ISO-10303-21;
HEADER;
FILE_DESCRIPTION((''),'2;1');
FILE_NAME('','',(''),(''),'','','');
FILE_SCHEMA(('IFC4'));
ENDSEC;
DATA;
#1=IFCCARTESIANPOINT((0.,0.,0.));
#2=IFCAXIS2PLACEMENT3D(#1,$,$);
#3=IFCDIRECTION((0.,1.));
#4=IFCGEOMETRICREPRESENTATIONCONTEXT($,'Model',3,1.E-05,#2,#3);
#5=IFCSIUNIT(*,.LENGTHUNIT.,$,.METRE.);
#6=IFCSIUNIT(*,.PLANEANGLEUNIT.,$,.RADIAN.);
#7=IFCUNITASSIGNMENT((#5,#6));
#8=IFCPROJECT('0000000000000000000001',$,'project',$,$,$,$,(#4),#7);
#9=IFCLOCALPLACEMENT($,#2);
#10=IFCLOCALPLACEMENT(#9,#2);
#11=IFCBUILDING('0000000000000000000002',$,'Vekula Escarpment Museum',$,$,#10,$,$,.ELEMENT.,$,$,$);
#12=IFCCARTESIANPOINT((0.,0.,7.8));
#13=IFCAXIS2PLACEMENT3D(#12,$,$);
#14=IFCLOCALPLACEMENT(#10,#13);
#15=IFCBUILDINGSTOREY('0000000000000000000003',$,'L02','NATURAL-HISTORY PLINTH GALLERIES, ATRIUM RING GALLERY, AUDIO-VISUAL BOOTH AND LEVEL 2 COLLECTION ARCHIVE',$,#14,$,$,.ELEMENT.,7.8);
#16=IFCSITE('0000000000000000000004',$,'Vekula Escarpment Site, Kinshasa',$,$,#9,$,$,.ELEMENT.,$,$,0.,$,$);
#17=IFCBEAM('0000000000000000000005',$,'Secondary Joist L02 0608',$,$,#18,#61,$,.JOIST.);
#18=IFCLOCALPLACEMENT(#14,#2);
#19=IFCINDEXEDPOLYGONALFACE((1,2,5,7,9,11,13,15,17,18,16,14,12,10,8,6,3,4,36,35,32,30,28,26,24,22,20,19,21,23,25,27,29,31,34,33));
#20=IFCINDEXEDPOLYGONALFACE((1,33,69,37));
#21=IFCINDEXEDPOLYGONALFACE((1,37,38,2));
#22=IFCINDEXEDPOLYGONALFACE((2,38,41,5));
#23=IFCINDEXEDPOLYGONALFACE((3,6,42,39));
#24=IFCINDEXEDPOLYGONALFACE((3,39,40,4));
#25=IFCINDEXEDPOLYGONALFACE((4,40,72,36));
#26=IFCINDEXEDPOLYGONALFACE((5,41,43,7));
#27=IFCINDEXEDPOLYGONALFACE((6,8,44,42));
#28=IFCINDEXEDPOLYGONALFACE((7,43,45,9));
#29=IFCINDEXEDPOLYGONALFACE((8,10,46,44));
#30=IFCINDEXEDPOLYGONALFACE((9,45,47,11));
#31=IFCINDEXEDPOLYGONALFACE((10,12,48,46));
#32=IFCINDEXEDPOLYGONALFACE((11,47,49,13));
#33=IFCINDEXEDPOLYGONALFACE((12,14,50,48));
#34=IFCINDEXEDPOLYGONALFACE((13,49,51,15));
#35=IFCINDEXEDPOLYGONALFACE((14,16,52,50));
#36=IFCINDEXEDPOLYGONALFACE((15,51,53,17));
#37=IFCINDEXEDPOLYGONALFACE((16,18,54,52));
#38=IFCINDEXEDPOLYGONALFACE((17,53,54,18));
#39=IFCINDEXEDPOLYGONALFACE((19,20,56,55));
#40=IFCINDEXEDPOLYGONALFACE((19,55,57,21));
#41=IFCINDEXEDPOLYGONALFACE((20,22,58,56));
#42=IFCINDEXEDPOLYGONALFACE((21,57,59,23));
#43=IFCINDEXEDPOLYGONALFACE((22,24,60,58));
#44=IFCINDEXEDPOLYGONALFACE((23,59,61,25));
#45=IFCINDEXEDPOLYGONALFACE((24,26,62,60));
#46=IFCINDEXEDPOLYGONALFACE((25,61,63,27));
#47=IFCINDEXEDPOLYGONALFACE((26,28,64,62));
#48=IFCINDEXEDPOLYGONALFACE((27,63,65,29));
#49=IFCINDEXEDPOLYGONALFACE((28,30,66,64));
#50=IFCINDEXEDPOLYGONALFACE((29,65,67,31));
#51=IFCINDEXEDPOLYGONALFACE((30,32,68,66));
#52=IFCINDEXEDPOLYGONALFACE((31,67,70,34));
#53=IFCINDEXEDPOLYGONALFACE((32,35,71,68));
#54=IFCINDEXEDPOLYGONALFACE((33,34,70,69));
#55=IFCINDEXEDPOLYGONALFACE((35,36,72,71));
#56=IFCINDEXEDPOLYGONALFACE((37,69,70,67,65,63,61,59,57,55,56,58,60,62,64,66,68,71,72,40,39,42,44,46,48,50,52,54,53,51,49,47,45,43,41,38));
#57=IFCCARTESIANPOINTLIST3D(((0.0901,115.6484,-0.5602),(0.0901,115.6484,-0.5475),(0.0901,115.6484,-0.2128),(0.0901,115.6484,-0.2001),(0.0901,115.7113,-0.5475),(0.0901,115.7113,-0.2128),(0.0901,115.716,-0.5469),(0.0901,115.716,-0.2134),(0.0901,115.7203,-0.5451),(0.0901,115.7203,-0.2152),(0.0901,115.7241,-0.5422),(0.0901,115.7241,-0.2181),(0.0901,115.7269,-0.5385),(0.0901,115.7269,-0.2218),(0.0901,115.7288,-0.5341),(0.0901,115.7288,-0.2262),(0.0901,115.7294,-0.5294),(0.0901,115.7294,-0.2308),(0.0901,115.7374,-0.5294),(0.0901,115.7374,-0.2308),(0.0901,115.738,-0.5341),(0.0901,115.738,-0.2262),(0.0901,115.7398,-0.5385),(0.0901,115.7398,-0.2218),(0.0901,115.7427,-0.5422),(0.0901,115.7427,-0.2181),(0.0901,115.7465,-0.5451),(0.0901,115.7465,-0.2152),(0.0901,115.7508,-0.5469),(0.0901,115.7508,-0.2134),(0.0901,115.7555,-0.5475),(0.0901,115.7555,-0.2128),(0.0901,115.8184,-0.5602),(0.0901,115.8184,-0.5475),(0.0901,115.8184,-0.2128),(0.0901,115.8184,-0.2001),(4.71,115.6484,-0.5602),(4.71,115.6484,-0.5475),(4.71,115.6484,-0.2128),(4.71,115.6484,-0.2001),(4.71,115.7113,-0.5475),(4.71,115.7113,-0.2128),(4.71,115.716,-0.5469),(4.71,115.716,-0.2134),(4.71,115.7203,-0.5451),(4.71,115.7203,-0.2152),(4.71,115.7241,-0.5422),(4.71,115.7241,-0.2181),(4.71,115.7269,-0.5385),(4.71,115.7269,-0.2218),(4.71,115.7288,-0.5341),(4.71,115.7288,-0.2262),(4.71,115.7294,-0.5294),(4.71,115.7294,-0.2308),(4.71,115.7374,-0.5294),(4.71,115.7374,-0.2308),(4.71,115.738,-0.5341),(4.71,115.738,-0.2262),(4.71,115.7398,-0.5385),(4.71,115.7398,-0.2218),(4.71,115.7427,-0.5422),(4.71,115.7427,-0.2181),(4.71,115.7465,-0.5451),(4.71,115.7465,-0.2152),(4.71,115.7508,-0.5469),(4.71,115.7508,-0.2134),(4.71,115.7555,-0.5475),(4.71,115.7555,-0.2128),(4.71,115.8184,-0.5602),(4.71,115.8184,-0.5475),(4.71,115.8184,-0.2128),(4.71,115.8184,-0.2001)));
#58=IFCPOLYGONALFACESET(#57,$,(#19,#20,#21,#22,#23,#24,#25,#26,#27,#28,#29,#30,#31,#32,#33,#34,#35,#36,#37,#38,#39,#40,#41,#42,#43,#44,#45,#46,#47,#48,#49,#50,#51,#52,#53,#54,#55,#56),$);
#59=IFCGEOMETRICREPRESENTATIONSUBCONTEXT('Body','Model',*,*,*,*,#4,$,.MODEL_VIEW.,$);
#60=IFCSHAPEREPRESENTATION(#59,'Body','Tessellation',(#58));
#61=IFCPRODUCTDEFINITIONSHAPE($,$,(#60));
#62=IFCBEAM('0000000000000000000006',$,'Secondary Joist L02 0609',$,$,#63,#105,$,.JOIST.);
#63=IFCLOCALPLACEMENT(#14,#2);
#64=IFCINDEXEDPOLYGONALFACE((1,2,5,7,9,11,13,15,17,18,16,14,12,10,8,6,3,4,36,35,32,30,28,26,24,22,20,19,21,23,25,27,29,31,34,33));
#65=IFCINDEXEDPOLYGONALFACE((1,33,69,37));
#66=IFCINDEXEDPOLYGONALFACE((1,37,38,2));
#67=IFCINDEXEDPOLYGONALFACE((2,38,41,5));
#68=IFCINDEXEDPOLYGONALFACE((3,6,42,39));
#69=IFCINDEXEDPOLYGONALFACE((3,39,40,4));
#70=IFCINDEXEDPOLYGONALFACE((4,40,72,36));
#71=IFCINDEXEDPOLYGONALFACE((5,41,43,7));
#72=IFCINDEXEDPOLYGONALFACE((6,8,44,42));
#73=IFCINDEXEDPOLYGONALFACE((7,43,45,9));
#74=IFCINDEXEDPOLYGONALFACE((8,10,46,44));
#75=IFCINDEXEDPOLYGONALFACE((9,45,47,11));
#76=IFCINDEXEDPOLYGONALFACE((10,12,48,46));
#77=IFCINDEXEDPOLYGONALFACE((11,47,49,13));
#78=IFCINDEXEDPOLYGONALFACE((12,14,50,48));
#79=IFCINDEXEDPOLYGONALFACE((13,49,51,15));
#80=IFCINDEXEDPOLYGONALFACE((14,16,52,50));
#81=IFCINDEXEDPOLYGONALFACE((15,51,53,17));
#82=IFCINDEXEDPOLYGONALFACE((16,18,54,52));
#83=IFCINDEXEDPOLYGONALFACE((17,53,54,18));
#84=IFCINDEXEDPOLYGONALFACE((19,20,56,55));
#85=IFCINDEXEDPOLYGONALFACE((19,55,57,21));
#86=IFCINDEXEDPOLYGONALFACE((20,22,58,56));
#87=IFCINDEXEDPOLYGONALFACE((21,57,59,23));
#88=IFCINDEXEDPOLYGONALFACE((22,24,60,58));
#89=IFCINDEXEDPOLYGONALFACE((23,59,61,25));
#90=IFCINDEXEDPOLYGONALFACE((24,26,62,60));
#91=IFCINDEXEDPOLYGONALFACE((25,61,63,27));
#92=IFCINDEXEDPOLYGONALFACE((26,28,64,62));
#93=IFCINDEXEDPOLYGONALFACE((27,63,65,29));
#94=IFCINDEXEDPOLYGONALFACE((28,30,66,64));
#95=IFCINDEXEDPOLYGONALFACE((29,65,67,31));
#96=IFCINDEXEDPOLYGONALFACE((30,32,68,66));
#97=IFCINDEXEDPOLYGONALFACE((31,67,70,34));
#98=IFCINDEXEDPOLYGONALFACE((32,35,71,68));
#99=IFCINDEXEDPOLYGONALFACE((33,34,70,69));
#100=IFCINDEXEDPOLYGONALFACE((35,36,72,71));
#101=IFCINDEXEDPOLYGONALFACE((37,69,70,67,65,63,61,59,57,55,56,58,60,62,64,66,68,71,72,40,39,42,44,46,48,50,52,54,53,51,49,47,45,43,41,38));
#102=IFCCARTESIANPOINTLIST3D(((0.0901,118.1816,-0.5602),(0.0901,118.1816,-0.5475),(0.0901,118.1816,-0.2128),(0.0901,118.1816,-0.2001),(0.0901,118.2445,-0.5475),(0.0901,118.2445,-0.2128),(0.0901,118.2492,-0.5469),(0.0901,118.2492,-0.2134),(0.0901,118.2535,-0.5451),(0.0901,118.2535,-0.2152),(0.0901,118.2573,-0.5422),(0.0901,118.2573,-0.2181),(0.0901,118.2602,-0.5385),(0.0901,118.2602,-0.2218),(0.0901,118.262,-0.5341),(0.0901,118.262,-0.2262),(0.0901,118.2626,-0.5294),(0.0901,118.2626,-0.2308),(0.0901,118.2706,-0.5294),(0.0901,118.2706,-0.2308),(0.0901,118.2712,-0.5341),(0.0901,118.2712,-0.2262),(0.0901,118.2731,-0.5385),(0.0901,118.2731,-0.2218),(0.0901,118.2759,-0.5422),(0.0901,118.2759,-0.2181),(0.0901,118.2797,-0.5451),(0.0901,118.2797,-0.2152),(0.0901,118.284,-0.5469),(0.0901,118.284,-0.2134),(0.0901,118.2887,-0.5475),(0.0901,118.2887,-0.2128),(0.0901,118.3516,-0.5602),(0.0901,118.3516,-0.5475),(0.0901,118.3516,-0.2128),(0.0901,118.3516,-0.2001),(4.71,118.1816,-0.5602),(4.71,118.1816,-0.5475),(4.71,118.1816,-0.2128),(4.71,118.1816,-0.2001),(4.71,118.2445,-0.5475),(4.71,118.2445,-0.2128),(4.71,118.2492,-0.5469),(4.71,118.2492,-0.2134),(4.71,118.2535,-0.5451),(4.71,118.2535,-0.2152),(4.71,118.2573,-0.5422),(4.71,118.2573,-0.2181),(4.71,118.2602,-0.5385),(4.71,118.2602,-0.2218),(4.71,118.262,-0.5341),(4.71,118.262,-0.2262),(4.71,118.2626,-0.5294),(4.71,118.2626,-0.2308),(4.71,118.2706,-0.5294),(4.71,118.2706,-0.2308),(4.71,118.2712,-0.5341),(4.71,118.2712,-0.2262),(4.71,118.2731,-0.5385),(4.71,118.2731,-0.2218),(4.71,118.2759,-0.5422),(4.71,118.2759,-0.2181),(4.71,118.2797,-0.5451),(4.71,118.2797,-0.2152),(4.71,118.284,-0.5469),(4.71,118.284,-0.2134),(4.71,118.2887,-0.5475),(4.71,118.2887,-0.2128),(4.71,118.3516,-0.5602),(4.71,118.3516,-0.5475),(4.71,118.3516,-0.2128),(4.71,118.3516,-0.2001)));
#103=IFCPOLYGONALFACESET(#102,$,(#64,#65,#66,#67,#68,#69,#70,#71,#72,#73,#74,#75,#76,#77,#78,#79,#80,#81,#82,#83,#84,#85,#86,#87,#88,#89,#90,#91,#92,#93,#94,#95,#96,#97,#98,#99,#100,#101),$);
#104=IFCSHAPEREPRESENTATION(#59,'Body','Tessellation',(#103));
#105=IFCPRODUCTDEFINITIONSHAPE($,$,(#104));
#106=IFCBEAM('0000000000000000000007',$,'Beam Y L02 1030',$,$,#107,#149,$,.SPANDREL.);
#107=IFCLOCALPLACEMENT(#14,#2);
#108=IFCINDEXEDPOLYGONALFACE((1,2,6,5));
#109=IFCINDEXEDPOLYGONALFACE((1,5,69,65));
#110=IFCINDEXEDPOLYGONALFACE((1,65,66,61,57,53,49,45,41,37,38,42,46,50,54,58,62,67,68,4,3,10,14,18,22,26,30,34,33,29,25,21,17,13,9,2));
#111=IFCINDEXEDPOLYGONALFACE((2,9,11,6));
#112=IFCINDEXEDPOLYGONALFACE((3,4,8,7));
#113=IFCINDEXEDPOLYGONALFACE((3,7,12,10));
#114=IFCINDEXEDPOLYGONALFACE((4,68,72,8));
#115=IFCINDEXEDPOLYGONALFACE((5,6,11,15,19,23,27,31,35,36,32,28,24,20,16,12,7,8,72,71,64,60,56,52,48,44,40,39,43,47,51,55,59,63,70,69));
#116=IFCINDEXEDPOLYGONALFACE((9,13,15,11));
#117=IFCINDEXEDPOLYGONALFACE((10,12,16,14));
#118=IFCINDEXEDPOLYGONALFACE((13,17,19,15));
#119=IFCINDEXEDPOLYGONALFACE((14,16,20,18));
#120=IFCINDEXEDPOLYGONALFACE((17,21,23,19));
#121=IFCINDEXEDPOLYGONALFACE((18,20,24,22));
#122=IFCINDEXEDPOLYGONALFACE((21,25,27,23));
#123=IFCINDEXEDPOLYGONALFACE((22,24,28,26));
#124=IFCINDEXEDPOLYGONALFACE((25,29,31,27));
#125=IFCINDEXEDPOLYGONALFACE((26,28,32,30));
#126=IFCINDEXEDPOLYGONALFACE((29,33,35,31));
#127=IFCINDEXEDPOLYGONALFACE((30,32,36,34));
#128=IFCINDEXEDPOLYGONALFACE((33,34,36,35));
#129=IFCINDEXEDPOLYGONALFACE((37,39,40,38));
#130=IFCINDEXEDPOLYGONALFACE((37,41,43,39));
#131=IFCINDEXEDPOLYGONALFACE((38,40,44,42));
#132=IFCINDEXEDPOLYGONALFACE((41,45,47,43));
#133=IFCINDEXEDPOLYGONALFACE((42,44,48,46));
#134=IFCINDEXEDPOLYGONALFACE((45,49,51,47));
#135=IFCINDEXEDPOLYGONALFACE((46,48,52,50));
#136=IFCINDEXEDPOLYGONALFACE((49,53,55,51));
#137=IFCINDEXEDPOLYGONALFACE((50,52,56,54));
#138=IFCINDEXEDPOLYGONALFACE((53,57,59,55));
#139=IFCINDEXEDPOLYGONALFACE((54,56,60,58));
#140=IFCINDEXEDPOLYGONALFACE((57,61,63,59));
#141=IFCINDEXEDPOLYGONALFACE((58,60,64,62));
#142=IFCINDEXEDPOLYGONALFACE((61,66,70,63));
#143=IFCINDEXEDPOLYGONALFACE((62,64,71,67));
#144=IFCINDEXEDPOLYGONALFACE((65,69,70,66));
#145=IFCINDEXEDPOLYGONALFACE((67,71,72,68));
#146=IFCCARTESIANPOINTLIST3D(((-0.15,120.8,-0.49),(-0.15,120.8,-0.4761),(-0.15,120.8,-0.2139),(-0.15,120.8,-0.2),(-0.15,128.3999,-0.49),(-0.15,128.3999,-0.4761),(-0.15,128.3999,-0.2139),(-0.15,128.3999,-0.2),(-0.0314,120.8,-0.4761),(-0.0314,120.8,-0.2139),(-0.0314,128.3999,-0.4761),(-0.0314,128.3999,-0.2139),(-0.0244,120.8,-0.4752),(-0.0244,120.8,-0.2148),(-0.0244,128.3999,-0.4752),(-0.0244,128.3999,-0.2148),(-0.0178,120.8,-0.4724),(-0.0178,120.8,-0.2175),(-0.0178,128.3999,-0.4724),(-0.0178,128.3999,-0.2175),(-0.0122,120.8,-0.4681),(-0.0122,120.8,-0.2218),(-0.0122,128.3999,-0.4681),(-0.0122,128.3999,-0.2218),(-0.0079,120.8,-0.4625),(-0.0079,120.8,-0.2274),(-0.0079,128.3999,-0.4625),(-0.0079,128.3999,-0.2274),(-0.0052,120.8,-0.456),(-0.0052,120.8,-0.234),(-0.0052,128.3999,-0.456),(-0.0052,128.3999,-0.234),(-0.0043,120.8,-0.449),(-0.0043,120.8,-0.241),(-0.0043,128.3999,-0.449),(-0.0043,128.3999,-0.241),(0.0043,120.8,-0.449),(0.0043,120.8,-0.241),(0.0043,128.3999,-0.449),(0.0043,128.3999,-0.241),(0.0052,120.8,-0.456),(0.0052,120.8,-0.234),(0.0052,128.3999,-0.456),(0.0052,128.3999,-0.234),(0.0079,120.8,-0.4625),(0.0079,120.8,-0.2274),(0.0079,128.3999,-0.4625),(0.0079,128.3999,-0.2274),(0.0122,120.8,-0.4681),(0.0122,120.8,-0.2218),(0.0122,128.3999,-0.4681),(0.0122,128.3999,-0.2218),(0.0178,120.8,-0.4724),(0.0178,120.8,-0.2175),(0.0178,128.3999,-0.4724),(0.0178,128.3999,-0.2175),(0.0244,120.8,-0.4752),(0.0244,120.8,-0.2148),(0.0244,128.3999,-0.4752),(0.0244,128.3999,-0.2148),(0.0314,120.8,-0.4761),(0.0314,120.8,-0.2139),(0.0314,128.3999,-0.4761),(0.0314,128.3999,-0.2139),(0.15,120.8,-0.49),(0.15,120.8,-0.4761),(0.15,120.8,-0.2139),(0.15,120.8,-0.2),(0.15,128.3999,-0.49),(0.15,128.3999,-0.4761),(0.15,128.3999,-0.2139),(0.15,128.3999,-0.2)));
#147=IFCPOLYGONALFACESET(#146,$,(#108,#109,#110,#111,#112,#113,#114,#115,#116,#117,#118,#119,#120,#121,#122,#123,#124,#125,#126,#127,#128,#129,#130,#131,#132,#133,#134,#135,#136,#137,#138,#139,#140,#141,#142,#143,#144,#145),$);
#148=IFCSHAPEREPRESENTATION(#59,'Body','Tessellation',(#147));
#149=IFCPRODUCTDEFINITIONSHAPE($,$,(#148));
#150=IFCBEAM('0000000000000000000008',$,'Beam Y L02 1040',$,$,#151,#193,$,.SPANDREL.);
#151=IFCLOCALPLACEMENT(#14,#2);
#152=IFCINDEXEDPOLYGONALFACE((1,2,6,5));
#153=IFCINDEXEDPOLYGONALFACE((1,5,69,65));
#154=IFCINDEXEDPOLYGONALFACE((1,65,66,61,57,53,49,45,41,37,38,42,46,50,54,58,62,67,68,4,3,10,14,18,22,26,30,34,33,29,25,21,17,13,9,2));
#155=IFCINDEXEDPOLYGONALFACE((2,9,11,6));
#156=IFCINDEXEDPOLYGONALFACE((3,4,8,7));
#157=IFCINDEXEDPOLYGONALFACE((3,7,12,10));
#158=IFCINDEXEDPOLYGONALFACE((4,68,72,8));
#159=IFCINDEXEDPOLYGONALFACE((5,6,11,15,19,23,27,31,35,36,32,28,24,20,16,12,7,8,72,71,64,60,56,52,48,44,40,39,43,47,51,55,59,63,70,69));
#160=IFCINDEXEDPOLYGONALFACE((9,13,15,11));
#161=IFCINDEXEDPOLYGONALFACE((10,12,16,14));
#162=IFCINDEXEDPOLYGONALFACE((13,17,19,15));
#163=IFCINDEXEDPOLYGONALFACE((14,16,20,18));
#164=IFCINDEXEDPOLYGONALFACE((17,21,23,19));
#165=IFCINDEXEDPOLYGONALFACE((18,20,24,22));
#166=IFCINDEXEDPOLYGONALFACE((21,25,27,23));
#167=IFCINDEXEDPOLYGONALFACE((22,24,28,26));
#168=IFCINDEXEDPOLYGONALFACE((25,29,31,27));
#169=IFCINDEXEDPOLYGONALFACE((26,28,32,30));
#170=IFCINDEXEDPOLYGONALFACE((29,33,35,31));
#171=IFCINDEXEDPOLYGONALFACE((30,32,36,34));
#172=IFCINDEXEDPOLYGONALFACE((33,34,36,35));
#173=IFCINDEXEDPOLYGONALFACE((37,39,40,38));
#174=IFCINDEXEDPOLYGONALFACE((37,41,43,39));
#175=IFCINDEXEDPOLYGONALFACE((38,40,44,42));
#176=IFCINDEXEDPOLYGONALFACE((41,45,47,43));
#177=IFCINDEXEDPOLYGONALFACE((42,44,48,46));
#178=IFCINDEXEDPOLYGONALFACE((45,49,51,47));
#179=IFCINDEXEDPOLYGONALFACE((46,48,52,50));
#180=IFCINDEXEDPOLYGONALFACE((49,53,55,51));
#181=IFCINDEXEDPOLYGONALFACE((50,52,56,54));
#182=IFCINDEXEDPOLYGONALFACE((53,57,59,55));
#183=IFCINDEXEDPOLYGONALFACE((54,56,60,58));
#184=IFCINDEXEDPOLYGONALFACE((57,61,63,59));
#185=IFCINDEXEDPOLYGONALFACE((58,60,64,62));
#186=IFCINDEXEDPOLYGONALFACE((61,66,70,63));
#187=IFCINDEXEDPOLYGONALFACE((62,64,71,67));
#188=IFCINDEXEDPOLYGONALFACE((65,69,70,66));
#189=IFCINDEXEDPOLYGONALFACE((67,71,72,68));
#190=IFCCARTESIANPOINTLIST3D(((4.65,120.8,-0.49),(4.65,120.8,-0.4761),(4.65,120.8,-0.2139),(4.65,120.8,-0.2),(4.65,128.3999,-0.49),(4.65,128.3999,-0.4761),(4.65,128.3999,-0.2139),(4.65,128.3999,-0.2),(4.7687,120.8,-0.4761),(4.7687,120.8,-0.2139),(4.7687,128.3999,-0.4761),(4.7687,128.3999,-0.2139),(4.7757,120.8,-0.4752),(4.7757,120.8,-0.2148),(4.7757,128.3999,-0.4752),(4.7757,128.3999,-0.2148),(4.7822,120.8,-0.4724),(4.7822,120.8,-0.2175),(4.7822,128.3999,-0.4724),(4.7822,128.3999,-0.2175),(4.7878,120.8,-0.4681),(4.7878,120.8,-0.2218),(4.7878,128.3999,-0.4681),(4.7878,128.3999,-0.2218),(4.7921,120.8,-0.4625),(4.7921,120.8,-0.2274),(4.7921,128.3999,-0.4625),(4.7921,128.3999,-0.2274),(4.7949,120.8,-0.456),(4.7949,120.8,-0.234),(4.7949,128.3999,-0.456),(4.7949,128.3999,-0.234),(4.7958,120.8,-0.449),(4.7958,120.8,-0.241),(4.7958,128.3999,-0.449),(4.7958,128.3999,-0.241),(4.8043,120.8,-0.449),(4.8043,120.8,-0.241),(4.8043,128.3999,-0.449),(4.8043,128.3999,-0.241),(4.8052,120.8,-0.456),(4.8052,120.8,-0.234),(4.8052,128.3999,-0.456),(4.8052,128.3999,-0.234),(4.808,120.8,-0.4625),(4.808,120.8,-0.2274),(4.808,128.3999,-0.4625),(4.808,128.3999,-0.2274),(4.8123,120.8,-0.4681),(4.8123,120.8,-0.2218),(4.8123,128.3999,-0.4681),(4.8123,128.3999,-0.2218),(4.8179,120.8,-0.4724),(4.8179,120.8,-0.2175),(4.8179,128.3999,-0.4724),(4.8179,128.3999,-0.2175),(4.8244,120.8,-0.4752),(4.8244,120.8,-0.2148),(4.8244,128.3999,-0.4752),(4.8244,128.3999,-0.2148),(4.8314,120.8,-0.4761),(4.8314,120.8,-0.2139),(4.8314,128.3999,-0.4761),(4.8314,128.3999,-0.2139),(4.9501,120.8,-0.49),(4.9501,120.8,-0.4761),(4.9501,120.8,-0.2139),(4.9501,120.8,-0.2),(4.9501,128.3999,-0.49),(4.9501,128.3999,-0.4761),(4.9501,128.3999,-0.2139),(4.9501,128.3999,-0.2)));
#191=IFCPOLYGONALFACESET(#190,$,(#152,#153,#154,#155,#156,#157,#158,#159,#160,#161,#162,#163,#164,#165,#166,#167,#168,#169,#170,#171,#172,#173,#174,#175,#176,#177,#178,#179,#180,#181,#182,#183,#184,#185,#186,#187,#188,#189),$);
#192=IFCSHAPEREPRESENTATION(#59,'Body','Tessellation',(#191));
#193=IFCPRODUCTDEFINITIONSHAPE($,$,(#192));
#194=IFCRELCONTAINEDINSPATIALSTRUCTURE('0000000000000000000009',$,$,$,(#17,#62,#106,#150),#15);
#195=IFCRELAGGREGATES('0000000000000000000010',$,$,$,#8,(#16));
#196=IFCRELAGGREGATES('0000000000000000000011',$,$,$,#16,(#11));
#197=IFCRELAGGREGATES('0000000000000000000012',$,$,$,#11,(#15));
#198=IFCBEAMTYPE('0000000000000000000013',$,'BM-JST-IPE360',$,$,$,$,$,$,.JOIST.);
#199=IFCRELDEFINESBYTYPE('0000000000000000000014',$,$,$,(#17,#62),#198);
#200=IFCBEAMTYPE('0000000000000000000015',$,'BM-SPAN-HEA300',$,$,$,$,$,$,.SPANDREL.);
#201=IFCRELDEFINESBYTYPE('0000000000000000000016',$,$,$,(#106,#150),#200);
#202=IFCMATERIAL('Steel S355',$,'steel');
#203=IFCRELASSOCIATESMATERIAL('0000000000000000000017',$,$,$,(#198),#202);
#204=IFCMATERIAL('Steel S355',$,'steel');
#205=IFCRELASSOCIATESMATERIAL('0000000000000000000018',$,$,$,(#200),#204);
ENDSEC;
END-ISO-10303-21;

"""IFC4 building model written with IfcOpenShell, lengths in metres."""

from ifc_helpers import new_model, si_unit, direction, frame, origin, origin_2d, place, context, subcontext, project, spatial, i_section, extrude, material, material_profile, profile_set, type_object, element, save


model = new_model("IFC4")

# Units and contexts
model_context = context("Model", 3, precision=1e-05, world=origin(), true_north=direction((0.0, 1.0)))
body_context = subcontext(model_context, "Body", "Model", "MODEL_VIEW")
ifc_project = project(units=[si_unit("LENGTHUNIT", "METRE"), si_unit("PLANEANGLEUNIT", "RADIAN")], contexts=[model_context])

# Site, building, storey
site_placement = place(None, origin())
site = spatial("IfcSite", under=ifc_project, at=site_placement, Name="Vekula Escarpment Site, Kinshasa", CompositionType="ELEMENT", RefElevation=0.0)
building_placement = place(site_placement, origin())
building = spatial("IfcBuilding", under=site, at=building_placement, Name="Vekula Escarpment Museum", CompositionType="ELEMENT")
storey_placement = place(building_placement, frame((0.0, 0.0, 7.8)))
storey = spatial("IfcBuildingStorey", under=building, at=storey_placement, Name="L02", Description="NATURAL-HISTORY PLINTH GALLERIES, ATRIUM RING GALLERY, AUDIO-VISUAL BOOTH AND LEVEL 2 COLLECTION ARCHIVE", CompositionType="ELEMENT", Elevation=7.8)

# Beams
ifc_material_1 = material(Name="Steel S355", Category="steel")
ifc_material_profile_1 = material_profile(ifc_material_1, i_section(OverallWidth=0.1699, OverallDepth=0.3601, WebThickness=0.0081, FlangeThickness=0.0127, FilletRadius=0.0181, at=origin_2d()), Name="IPE 360")
ifc_profile_set_1 = profile_set([ifc_material_profile_1], Name="Steel S355")
beam_type_1 = type_object("IfcBeamType", Name="BM-JST-IPE360", PredefinedType="JOIST", material=ifc_profile_set_1)
for number, where, z_axis, x_axis, name in (
    (1, (0.0901, 115.7334, -0.3801), (1.0, 0.0, 0.0), (0.0, 1.0, 0.0), "Secondary Joist L02 0608"),
    (2, (0.0901, 118.2666, -0.3801), (1.0, 0.0, 0.0), (0.0, 1.0, 0.0), "Secondary Joist L02 0609"),
):
    element("IfcBeam", number, at=place(storey_placement, frame(where, z_axis=z_axis, x_axis=x_axis)), inside=storey, type_object=beam_type_1, Name=name, PredefinedType="JOIST", context=body_context, shape_type="SweptSolid", body=[
        extrude(i_section(OverallWidth=0.1699, OverallDepth=0.3601, WebThickness=0.0081, FlangeThickness=0.0127, FilletRadius=0.0181, at=origin_2d()), origin(), (0.0, 0.0, 1.0), 4.6199),
    ])
ifc_material_2 = material(Name="Steel S355", Category="steel")
ifc_material_profile_2 = material_profile(ifc_material_2, i_section(OverallWidth=0.3, OverallDepth=0.29, WebThickness=0.0085, FlangeThickness=0.0139, FilletRadius=0.0271, at=origin_2d()), Name="HEA 300")
ifc_profile_set_2 = profile_set([ifc_material_profile_2], Name="Steel S355")
beam_type_2 = type_object("IfcBeamType", Name="BM-SPAN-HEA300", PredefinedType="SPANDREL", material=ifc_profile_set_2)
for number, where, z_axis, x_axis, name in (
    (3, (0.0, 120.8, -0.345), (0.0, 1.0, 0.0), (-1.0, 0.0, 0.0), "Beam Y L02 1030"),
    (4, (4.8, 120.8, -0.345), (0.0, 1.0, 0.0), (-1.0, 0.0, 0.0), "Beam Y L02 1040"),
):
    element("IfcBeam", number, at=place(storey_placement, frame(where, z_axis=z_axis, x_axis=x_axis)), inside=storey, type_object=beam_type_2, Name=name, PredefinedType="SPANDREL", context=body_context, shape_type="SweptSolid", body=[
        extrude(i_section(OverallWidth=0.3, OverallDepth=0.29, WebThickness=0.0085, FlangeThickness=0.0139, FilletRadius=0.0271, at=origin_2d()), origin(), (0.0, 0.0, 1.0), 7.5999),
    ])

save(model, "model.ifc")
